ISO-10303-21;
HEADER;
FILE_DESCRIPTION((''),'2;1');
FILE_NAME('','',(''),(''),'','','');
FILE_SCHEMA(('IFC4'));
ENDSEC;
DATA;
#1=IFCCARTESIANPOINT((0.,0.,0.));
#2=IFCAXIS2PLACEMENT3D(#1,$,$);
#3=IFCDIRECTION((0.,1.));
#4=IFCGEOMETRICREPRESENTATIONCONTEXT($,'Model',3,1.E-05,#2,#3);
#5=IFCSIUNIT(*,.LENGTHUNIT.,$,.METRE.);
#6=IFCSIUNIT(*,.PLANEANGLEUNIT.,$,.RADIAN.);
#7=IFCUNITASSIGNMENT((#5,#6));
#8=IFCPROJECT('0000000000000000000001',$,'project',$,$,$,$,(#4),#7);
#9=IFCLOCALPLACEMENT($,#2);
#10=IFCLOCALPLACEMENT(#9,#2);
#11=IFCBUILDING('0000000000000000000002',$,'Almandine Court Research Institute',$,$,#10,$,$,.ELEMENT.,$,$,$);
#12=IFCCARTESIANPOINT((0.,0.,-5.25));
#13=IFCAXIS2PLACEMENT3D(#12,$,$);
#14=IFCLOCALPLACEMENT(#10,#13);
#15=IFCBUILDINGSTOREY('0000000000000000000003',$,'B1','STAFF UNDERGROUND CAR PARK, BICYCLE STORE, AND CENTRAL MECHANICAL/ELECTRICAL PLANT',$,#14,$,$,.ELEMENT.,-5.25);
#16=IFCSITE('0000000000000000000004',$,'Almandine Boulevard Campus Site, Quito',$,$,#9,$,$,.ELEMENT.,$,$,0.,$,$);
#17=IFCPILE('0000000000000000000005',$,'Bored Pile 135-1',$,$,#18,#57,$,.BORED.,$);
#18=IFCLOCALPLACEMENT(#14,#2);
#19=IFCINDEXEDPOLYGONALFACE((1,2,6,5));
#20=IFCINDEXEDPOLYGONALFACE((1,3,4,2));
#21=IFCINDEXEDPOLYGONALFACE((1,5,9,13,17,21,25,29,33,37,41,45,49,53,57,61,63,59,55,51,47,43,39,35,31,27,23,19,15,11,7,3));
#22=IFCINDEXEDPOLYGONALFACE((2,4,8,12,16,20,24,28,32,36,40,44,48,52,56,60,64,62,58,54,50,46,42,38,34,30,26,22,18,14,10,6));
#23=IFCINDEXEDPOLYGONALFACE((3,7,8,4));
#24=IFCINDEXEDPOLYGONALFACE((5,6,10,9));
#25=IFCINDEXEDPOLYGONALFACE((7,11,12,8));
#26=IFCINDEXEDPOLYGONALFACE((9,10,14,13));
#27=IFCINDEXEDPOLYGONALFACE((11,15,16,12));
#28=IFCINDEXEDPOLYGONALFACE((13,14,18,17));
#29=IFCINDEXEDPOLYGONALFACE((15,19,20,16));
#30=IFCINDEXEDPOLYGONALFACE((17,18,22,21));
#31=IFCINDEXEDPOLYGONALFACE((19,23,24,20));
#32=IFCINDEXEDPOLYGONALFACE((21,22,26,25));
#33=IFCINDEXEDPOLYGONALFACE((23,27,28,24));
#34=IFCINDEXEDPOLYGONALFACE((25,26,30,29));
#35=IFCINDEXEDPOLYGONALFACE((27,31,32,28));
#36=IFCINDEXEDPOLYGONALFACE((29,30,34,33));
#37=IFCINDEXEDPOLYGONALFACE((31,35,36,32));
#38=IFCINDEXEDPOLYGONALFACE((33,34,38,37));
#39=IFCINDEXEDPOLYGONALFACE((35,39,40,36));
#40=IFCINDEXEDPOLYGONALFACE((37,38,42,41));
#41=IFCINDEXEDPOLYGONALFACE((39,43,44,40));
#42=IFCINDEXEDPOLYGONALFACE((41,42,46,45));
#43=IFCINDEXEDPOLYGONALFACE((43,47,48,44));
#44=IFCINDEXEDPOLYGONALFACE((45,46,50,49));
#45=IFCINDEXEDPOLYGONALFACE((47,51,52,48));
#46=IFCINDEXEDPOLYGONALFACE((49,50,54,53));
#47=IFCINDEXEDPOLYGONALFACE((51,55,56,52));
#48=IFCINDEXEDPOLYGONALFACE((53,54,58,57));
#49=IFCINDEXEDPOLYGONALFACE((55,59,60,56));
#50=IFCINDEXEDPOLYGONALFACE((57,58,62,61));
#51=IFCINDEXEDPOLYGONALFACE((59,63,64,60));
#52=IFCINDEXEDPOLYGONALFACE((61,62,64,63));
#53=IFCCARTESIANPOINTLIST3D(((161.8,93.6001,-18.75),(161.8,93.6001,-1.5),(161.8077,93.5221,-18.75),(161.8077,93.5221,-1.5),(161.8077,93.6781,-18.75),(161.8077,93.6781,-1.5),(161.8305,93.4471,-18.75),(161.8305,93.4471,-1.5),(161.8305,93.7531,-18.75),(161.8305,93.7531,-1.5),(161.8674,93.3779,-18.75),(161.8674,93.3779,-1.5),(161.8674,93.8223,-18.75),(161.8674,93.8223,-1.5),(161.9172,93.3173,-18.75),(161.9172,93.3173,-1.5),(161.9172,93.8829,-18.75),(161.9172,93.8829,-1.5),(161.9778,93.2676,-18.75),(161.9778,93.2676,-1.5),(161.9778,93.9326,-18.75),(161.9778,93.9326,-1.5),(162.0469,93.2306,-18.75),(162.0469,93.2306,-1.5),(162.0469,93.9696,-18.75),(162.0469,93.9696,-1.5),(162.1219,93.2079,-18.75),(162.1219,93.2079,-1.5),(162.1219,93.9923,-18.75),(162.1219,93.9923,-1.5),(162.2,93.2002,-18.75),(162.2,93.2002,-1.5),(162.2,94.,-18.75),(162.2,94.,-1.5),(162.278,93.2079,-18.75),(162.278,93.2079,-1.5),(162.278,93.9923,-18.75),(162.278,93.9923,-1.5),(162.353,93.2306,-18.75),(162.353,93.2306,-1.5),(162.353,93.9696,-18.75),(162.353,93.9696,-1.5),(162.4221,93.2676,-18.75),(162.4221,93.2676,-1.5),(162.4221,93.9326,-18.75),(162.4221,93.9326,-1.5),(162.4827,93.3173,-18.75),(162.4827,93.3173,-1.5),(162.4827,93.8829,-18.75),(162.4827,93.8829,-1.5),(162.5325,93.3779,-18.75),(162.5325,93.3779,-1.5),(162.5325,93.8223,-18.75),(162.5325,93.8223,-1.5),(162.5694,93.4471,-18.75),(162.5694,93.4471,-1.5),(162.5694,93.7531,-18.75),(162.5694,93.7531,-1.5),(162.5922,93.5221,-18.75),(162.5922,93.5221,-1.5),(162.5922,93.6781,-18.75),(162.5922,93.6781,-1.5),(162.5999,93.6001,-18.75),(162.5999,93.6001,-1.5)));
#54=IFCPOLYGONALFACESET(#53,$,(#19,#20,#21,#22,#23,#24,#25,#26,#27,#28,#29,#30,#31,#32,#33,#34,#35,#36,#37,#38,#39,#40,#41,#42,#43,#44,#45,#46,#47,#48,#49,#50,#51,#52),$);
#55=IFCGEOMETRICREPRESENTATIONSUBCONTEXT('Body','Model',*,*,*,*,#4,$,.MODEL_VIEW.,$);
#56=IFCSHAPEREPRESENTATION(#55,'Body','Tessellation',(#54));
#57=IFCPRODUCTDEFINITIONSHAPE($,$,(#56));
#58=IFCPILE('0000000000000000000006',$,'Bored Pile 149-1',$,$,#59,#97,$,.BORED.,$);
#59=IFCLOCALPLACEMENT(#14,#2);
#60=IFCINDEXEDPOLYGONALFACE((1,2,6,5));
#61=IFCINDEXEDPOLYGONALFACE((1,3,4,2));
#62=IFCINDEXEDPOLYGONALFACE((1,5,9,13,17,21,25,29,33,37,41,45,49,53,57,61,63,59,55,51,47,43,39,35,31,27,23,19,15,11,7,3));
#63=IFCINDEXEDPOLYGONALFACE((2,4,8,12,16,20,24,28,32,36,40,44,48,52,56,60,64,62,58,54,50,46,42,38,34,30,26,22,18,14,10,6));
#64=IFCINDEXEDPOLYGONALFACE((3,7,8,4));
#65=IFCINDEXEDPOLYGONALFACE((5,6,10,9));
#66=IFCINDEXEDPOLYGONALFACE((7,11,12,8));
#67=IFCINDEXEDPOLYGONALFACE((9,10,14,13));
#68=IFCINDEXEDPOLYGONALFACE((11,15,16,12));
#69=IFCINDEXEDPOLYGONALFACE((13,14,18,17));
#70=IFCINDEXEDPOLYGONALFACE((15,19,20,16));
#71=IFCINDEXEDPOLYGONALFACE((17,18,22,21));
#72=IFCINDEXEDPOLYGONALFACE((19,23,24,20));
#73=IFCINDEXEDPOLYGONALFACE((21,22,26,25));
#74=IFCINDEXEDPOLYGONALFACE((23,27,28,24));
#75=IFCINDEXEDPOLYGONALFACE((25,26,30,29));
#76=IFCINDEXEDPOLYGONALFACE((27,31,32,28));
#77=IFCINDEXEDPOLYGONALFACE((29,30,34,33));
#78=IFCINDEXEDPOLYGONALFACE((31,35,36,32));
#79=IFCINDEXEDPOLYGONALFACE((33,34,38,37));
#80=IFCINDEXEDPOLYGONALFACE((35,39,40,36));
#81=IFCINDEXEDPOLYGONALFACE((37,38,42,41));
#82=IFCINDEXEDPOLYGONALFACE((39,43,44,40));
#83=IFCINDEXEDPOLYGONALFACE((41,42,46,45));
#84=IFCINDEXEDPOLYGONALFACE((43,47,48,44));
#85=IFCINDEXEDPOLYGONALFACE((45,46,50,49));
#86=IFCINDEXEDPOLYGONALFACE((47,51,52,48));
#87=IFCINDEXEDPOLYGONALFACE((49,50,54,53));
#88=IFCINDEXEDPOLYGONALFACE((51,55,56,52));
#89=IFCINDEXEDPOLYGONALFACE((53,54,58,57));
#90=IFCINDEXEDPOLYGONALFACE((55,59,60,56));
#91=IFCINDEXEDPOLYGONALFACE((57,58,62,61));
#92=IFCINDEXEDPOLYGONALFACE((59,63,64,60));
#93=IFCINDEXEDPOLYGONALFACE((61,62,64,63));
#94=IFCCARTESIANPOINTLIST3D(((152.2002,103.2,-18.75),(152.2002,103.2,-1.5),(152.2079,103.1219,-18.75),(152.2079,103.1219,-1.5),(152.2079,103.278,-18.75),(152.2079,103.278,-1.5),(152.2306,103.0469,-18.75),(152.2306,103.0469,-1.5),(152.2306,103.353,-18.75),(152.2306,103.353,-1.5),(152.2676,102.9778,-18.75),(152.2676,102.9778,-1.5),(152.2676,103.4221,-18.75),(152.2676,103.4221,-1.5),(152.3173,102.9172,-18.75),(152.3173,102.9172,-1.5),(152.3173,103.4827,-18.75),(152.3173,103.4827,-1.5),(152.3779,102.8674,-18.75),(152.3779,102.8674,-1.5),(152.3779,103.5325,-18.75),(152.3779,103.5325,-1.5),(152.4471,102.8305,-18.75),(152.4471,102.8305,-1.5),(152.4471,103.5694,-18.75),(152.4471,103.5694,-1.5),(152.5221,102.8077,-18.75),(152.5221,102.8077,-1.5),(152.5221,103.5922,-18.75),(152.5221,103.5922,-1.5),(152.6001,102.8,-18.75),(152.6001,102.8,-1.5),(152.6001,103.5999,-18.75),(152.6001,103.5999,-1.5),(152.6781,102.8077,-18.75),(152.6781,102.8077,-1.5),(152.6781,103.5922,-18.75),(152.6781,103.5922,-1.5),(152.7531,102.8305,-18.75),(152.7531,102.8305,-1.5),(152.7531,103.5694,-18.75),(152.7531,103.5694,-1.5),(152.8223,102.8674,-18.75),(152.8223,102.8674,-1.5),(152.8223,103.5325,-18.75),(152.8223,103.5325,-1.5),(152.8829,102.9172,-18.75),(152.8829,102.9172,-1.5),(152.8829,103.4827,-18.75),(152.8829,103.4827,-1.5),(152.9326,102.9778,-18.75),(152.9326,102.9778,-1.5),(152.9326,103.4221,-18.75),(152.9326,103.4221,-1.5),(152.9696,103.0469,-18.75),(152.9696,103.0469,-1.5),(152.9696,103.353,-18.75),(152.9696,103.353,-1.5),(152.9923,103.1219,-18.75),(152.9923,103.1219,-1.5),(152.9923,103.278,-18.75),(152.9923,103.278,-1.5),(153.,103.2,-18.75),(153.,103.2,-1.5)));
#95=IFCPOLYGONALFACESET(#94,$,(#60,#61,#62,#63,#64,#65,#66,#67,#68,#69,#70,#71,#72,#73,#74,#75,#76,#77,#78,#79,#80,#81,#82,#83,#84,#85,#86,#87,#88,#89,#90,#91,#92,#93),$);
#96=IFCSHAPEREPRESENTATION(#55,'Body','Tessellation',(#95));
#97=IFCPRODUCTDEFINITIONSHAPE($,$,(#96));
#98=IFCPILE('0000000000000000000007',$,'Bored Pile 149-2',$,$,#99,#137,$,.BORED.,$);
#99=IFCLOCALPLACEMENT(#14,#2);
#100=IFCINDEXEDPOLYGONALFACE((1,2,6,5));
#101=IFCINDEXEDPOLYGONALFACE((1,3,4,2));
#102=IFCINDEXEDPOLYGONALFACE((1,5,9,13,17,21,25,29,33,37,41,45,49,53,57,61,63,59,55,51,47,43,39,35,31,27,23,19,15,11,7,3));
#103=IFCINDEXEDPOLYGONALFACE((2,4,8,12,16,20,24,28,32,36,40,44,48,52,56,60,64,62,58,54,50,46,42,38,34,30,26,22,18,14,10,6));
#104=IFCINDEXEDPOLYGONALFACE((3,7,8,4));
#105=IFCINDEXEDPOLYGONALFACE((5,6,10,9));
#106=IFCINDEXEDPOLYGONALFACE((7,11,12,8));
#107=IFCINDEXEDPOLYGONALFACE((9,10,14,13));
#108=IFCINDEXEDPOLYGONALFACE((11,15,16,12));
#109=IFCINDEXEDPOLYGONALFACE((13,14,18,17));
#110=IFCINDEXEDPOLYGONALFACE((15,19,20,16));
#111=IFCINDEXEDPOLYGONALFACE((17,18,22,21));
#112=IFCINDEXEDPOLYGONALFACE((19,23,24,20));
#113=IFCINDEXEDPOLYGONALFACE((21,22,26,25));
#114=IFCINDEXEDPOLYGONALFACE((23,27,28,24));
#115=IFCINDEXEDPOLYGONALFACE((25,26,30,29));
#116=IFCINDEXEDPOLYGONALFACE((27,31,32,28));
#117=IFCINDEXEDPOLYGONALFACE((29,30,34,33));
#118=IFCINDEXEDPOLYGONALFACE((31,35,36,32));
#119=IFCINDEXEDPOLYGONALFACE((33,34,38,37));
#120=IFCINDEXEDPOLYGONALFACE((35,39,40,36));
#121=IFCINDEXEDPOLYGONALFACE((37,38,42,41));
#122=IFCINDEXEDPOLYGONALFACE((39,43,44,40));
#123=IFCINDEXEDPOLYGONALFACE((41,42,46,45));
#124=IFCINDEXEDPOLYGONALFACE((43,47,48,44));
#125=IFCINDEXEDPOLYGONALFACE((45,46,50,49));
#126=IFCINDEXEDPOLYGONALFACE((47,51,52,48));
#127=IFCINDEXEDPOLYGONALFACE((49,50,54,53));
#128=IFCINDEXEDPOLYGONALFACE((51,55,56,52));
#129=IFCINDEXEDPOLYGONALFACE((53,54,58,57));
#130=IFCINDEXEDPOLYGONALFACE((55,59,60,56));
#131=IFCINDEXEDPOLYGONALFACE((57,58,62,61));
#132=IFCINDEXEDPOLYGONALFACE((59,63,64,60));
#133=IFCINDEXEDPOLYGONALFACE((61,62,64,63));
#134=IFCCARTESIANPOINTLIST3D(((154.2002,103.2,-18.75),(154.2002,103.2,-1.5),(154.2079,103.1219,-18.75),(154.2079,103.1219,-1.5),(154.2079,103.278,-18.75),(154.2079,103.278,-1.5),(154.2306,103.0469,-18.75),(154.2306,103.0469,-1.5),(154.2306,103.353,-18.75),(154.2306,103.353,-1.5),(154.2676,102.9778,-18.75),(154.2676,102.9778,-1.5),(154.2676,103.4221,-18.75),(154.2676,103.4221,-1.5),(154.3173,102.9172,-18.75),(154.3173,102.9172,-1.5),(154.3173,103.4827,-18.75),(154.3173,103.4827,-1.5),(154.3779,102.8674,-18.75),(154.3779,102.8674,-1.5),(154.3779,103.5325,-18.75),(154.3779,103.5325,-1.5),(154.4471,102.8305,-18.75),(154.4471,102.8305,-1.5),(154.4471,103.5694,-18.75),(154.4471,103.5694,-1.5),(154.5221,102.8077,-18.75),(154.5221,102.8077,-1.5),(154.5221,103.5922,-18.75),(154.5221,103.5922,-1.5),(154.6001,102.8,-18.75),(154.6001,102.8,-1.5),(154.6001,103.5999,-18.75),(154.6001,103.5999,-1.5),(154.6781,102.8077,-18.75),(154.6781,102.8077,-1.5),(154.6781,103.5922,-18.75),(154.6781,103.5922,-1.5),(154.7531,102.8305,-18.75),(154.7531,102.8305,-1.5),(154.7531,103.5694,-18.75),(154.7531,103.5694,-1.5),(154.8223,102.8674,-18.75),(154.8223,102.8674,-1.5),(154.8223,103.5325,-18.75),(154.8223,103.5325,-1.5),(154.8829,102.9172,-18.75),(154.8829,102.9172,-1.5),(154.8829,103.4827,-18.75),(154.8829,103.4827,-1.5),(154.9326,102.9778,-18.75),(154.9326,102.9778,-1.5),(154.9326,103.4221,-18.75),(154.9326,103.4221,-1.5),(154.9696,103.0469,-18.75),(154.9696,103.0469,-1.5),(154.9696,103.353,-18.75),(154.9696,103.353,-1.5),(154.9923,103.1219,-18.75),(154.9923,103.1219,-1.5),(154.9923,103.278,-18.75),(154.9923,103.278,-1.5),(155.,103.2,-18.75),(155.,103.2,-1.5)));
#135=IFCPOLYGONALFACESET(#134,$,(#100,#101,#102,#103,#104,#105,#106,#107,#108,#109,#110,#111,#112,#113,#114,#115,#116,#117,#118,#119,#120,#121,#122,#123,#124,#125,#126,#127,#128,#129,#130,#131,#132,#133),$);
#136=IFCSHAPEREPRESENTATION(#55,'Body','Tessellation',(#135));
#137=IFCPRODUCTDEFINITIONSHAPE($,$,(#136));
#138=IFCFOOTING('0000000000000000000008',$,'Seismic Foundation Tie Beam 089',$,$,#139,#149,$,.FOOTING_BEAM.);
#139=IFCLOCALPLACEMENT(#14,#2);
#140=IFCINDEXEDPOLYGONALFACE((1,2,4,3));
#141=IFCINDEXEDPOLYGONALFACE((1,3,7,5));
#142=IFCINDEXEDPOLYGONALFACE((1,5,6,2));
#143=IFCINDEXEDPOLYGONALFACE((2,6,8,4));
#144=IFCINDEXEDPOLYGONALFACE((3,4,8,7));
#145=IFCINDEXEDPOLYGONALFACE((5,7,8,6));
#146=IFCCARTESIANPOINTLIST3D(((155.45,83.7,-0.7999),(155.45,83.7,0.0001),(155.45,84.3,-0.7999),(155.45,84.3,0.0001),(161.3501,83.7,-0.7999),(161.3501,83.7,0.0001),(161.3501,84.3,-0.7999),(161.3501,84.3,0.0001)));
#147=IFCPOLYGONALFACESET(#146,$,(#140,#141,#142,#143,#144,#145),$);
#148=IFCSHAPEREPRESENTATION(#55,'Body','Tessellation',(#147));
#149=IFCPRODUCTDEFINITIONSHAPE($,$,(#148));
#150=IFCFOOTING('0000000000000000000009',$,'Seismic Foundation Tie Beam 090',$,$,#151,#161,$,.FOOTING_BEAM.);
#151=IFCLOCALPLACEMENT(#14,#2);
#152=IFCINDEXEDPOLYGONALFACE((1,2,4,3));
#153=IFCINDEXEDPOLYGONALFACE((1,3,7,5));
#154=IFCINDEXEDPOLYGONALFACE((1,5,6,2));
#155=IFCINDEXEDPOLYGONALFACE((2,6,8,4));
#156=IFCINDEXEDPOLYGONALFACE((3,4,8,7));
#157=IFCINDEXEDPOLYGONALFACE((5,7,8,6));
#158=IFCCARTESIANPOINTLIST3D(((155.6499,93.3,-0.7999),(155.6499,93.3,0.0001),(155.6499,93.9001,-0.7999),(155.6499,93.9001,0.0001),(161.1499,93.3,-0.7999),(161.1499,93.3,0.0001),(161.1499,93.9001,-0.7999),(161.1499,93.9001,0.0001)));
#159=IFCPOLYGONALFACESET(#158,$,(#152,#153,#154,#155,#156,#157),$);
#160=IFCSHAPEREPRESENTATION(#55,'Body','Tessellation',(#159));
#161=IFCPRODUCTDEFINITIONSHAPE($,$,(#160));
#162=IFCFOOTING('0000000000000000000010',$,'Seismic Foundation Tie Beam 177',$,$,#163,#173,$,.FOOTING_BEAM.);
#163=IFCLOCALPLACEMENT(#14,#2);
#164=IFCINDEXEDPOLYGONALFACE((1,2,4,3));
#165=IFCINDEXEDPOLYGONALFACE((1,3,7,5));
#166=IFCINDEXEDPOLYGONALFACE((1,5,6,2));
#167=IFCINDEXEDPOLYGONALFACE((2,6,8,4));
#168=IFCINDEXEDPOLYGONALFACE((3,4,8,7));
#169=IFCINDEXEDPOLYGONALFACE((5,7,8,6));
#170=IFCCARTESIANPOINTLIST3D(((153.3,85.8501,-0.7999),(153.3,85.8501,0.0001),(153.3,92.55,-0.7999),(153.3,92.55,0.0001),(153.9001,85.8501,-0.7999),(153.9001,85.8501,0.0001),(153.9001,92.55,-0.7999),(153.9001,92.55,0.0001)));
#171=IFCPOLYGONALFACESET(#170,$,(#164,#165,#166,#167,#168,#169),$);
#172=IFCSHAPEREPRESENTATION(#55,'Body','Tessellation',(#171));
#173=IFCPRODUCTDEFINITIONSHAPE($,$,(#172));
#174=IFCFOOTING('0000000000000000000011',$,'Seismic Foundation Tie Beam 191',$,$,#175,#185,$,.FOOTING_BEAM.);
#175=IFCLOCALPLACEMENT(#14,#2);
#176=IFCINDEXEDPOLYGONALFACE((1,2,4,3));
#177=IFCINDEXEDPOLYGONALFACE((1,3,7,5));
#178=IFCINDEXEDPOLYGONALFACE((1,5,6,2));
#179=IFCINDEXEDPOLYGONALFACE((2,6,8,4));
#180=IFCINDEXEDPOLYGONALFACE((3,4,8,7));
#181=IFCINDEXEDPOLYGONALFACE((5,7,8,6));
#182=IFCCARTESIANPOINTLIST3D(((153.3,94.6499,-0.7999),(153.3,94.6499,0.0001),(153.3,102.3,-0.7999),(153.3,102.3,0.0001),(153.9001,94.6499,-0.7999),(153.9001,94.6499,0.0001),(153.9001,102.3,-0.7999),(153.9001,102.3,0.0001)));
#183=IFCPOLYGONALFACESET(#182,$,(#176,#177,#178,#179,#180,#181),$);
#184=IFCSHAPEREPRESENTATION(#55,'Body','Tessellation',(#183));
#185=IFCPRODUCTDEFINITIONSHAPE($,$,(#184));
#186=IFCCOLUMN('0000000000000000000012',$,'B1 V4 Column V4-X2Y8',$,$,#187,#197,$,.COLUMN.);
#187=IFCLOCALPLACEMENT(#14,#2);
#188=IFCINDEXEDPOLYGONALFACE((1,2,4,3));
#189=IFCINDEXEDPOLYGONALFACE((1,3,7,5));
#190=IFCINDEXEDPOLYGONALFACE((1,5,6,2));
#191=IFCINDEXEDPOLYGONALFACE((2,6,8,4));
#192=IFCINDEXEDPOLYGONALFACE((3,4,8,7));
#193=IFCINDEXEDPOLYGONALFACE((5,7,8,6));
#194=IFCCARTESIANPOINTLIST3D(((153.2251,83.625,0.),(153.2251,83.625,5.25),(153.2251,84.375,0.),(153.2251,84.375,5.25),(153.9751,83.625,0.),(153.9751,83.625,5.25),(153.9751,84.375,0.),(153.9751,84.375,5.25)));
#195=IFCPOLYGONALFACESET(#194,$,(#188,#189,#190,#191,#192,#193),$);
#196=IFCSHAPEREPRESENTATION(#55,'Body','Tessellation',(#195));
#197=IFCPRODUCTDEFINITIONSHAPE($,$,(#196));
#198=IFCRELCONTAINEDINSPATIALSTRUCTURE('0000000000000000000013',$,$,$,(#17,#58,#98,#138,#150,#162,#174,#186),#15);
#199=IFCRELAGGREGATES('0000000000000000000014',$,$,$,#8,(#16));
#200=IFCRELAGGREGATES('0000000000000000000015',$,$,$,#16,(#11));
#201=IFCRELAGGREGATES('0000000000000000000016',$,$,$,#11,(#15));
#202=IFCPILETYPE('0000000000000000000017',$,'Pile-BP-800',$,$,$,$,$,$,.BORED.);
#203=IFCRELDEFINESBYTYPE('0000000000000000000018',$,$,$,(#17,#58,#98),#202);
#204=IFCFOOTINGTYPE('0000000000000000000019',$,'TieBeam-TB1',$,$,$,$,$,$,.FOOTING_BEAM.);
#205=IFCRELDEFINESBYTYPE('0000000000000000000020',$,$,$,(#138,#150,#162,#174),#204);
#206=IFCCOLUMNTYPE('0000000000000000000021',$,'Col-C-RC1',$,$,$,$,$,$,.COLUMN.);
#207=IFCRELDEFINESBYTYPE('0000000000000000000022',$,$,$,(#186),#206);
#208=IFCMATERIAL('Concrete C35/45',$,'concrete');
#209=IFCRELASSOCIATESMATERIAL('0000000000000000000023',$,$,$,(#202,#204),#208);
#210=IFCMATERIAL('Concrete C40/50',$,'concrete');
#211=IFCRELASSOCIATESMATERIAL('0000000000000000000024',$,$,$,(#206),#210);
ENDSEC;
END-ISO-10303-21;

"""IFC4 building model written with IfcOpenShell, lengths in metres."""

from ifc_helpers import new_model, si_unit, direction, frame, origin, origin_2d, place, context, subcontext, project, spatial, rectangle, circle, extrude, material, material_profile, profile_set, type_object, element, save


model = new_model("IFC4")

# Units and contexts
model_context = context("Model", 3, precision=1e-05, world=origin(), true_north=direction((0.0, 1.0)))
body_context = subcontext(model_context, "Body", "Model", "MODEL_VIEW")
ifc_project = project(units=[si_unit("LENGTHUNIT", "METRE"), si_unit("PLANEANGLEUNIT", "RADIAN")], contexts=[model_context])

# Site, building, storey
site_placement = place(None, origin())
site = spatial("IfcSite", under=ifc_project, at=site_placement, Name="Almandine Boulevard Campus Site, Quito", CompositionType="ELEMENT", RefElevation=0.0)
building_placement = place(site_placement, origin())
building = spatial("IfcBuilding", under=site, at=building_placement, Name="Almandine Court Research Institute", CompositionType="ELEMENT")
storey_placement = place(building_placement, frame((0.0, 0.0, -5.25)))
storey = spatial("IfcBuildingStorey", under=building, at=storey_placement, Name="B1", Description="STAFF UNDERGROUND CAR PARK, BICYCLE STORE, AND CENTRAL MECHANICAL/ELECTRICAL PLANT", CompositionType="ELEMENT", Elevation=-5.25)

# Shared definitions
ifc_material_1 = material(Name="Concrete C35/45", Category="concrete")

# Piles
ifc_material_profile_1 = material_profile(ifc_material_1, circle(Radius=0.3999, at=origin_2d()), Name="BORED PILE D800")
ifc_profile_set_1 = profile_set([ifc_material_profile_1], Name="Concrete C35/45")
pile_type = type_object("IfcPileType", Name="Pile-BP-800", PredefinedType="BORED", material=ifc_profile_set_1)
for number, where, z_axis, x_axis, name in (
    (1, (162.2, 93.6001, -1.5), (0.0, 0.0, -1.0), (1.0, 0.0, 0.0), "Bored Pile 135-1"),
    (2, (152.6001, 103.2, -1.5), (0.0, 0.0, -1.0), (1.0, 0.0, 0.0), "Bored Pile 149-1"),
    (3, (154.6001, 103.2, -1.5), (0.0, 0.0, -1.0), (1.0, 0.0, 0.0), "Bored Pile 149-2"),
):
    element("IfcPile", number, at=place(storey_placement, frame(where, z_axis=z_axis, x_axis=x_axis)), inside=storey, type_object=pile_type, Name=name, PredefinedType="BORED", context=body_context, shape_type="SweptSolid", body=[
        extrude(circle(Radius=0.3999, at=origin_2d()), origin(), (0.0, 0.0, 1.0), 17.25),
    ])

# Footings
ifc_material_profile_2 = material_profile(ifc_material_1, rectangle(XDim=0.6001, YDim=0.8, at=origin_2d()), Name="RC TIE 600x800")
ifc_profile_set_2 = profile_set([ifc_material_profile_2], Name="Concrete C35/45")
footing_type_1 = type_object("IfcFootingType", Name="TieBeam-TB1", PredefinedType="FOOTING_BEAM", material=ifc_profile_set_2)
footing_1_placement = place(storey_placement, frame((155.45, 84.0, -0.3999), z_axis=(1.0, 0.0, 0.0), x_axis=(0.0, 1.0, 0.0)))
element("IfcFooting", 4, at=footing_1_placement, inside=storey, type_object=footing_type_1, Name="Seismic Foundation Tie Beam 089", PredefinedType="FOOTING_BEAM", context=body_context, shape_type="SweptSolid", body=[
    extrude(rectangle(XDim=0.6001, YDim=0.8, at=origin_2d()), origin(), (0.0, 0.0, 1.0), 5.9001),
])
footing_2_placement = place(storey_placement, frame((155.6499, 93.6001, -0.3999), z_axis=(1.0, 0.0, 0.0), x_axis=(0.0, 1.0, 0.0)))
element("IfcFooting", 5, at=footing_2_placement, inside=storey, type_object=footing_type_1, Name="Seismic Foundation Tie Beam 090", PredefinedType="FOOTING_BEAM", context=body_context, shape_type="SweptSolid", body=[
    extrude(rectangle(XDim=0.6001, YDim=0.8, at=origin_2d()), origin(), (0.0, 0.0, 1.0), 5.5),
])
footing_3_placement = place(storey_placement, frame((153.6001, 85.8501, -0.3999), z_axis=(0.0, 1.0, 0.0), x_axis=(-1.0, 0.0, 0.0)))
element("IfcFooting", 6, at=footing_3_placement, inside=storey, type_object=footing_type_1, Name="Seismic Foundation Tie Beam 177", PredefinedType="FOOTING_BEAM", context=body_context, shape_type="SweptSolid", body=[
    extrude(rectangle(XDim=0.6001, YDim=0.8, at=origin_2d()), origin(), (0.0, 0.0, 1.0), 6.7),
])
footing_4_placement = place(storey_placement, frame((153.6001, 94.6499, -0.3999), z_axis=(0.0, 1.0, 0.0), x_axis=(-1.0, 0.0, 0.0)))
element("IfcFooting", 7, at=footing_4_placement, inside=storey, type_object=footing_type_1, Name="Seismic Foundation Tie Beam 191", PredefinedType="FOOTING_BEAM", context=body_context, shape_type="SweptSolid", body=[
    extrude(rectangle(XDim=0.6001, YDim=0.8, at=origin_2d()), origin(), (0.0, 0.0, 1.0), 7.6501),
])

# Column
ifc_material_2 = material(Name="Concrete C40/50", Category="concrete")
ifc_material_profile_3 = material_profile(ifc_material_2, rectangle(XDim=0.75, YDim=0.75, at=origin_2d()), Name="RC 750x750")
ifc_profile_set_3 = profile_set([ifc_material_profile_3], Name="Concrete C40/50")
column_type_1 = type_object("IfcColumnType", Name="Col-C-RC1", PredefinedType="COLUMN", material=ifc_profile_set_3)
column_1_placement = place(storey_placement, frame((153.6001, 84.0, 0.0), z_axis=(0.0, 0.0, 1.0), x_axis=(1.0, 0.0, 0.0)))
element("IfcColumn", 8, at=column_1_placement, inside=storey, type_object=column_type_1, Name="B1 V4 Column V4-X2Y8", PredefinedType="COLUMN", context=body_context, shape_type="SweptSolid", body=[
    extrude(rectangle(XDim=0.75, YDim=0.75, at=origin_2d()), origin(), (0.0, 0.0, 1.0), 5.25),
])

save(model, "model.ifc")
